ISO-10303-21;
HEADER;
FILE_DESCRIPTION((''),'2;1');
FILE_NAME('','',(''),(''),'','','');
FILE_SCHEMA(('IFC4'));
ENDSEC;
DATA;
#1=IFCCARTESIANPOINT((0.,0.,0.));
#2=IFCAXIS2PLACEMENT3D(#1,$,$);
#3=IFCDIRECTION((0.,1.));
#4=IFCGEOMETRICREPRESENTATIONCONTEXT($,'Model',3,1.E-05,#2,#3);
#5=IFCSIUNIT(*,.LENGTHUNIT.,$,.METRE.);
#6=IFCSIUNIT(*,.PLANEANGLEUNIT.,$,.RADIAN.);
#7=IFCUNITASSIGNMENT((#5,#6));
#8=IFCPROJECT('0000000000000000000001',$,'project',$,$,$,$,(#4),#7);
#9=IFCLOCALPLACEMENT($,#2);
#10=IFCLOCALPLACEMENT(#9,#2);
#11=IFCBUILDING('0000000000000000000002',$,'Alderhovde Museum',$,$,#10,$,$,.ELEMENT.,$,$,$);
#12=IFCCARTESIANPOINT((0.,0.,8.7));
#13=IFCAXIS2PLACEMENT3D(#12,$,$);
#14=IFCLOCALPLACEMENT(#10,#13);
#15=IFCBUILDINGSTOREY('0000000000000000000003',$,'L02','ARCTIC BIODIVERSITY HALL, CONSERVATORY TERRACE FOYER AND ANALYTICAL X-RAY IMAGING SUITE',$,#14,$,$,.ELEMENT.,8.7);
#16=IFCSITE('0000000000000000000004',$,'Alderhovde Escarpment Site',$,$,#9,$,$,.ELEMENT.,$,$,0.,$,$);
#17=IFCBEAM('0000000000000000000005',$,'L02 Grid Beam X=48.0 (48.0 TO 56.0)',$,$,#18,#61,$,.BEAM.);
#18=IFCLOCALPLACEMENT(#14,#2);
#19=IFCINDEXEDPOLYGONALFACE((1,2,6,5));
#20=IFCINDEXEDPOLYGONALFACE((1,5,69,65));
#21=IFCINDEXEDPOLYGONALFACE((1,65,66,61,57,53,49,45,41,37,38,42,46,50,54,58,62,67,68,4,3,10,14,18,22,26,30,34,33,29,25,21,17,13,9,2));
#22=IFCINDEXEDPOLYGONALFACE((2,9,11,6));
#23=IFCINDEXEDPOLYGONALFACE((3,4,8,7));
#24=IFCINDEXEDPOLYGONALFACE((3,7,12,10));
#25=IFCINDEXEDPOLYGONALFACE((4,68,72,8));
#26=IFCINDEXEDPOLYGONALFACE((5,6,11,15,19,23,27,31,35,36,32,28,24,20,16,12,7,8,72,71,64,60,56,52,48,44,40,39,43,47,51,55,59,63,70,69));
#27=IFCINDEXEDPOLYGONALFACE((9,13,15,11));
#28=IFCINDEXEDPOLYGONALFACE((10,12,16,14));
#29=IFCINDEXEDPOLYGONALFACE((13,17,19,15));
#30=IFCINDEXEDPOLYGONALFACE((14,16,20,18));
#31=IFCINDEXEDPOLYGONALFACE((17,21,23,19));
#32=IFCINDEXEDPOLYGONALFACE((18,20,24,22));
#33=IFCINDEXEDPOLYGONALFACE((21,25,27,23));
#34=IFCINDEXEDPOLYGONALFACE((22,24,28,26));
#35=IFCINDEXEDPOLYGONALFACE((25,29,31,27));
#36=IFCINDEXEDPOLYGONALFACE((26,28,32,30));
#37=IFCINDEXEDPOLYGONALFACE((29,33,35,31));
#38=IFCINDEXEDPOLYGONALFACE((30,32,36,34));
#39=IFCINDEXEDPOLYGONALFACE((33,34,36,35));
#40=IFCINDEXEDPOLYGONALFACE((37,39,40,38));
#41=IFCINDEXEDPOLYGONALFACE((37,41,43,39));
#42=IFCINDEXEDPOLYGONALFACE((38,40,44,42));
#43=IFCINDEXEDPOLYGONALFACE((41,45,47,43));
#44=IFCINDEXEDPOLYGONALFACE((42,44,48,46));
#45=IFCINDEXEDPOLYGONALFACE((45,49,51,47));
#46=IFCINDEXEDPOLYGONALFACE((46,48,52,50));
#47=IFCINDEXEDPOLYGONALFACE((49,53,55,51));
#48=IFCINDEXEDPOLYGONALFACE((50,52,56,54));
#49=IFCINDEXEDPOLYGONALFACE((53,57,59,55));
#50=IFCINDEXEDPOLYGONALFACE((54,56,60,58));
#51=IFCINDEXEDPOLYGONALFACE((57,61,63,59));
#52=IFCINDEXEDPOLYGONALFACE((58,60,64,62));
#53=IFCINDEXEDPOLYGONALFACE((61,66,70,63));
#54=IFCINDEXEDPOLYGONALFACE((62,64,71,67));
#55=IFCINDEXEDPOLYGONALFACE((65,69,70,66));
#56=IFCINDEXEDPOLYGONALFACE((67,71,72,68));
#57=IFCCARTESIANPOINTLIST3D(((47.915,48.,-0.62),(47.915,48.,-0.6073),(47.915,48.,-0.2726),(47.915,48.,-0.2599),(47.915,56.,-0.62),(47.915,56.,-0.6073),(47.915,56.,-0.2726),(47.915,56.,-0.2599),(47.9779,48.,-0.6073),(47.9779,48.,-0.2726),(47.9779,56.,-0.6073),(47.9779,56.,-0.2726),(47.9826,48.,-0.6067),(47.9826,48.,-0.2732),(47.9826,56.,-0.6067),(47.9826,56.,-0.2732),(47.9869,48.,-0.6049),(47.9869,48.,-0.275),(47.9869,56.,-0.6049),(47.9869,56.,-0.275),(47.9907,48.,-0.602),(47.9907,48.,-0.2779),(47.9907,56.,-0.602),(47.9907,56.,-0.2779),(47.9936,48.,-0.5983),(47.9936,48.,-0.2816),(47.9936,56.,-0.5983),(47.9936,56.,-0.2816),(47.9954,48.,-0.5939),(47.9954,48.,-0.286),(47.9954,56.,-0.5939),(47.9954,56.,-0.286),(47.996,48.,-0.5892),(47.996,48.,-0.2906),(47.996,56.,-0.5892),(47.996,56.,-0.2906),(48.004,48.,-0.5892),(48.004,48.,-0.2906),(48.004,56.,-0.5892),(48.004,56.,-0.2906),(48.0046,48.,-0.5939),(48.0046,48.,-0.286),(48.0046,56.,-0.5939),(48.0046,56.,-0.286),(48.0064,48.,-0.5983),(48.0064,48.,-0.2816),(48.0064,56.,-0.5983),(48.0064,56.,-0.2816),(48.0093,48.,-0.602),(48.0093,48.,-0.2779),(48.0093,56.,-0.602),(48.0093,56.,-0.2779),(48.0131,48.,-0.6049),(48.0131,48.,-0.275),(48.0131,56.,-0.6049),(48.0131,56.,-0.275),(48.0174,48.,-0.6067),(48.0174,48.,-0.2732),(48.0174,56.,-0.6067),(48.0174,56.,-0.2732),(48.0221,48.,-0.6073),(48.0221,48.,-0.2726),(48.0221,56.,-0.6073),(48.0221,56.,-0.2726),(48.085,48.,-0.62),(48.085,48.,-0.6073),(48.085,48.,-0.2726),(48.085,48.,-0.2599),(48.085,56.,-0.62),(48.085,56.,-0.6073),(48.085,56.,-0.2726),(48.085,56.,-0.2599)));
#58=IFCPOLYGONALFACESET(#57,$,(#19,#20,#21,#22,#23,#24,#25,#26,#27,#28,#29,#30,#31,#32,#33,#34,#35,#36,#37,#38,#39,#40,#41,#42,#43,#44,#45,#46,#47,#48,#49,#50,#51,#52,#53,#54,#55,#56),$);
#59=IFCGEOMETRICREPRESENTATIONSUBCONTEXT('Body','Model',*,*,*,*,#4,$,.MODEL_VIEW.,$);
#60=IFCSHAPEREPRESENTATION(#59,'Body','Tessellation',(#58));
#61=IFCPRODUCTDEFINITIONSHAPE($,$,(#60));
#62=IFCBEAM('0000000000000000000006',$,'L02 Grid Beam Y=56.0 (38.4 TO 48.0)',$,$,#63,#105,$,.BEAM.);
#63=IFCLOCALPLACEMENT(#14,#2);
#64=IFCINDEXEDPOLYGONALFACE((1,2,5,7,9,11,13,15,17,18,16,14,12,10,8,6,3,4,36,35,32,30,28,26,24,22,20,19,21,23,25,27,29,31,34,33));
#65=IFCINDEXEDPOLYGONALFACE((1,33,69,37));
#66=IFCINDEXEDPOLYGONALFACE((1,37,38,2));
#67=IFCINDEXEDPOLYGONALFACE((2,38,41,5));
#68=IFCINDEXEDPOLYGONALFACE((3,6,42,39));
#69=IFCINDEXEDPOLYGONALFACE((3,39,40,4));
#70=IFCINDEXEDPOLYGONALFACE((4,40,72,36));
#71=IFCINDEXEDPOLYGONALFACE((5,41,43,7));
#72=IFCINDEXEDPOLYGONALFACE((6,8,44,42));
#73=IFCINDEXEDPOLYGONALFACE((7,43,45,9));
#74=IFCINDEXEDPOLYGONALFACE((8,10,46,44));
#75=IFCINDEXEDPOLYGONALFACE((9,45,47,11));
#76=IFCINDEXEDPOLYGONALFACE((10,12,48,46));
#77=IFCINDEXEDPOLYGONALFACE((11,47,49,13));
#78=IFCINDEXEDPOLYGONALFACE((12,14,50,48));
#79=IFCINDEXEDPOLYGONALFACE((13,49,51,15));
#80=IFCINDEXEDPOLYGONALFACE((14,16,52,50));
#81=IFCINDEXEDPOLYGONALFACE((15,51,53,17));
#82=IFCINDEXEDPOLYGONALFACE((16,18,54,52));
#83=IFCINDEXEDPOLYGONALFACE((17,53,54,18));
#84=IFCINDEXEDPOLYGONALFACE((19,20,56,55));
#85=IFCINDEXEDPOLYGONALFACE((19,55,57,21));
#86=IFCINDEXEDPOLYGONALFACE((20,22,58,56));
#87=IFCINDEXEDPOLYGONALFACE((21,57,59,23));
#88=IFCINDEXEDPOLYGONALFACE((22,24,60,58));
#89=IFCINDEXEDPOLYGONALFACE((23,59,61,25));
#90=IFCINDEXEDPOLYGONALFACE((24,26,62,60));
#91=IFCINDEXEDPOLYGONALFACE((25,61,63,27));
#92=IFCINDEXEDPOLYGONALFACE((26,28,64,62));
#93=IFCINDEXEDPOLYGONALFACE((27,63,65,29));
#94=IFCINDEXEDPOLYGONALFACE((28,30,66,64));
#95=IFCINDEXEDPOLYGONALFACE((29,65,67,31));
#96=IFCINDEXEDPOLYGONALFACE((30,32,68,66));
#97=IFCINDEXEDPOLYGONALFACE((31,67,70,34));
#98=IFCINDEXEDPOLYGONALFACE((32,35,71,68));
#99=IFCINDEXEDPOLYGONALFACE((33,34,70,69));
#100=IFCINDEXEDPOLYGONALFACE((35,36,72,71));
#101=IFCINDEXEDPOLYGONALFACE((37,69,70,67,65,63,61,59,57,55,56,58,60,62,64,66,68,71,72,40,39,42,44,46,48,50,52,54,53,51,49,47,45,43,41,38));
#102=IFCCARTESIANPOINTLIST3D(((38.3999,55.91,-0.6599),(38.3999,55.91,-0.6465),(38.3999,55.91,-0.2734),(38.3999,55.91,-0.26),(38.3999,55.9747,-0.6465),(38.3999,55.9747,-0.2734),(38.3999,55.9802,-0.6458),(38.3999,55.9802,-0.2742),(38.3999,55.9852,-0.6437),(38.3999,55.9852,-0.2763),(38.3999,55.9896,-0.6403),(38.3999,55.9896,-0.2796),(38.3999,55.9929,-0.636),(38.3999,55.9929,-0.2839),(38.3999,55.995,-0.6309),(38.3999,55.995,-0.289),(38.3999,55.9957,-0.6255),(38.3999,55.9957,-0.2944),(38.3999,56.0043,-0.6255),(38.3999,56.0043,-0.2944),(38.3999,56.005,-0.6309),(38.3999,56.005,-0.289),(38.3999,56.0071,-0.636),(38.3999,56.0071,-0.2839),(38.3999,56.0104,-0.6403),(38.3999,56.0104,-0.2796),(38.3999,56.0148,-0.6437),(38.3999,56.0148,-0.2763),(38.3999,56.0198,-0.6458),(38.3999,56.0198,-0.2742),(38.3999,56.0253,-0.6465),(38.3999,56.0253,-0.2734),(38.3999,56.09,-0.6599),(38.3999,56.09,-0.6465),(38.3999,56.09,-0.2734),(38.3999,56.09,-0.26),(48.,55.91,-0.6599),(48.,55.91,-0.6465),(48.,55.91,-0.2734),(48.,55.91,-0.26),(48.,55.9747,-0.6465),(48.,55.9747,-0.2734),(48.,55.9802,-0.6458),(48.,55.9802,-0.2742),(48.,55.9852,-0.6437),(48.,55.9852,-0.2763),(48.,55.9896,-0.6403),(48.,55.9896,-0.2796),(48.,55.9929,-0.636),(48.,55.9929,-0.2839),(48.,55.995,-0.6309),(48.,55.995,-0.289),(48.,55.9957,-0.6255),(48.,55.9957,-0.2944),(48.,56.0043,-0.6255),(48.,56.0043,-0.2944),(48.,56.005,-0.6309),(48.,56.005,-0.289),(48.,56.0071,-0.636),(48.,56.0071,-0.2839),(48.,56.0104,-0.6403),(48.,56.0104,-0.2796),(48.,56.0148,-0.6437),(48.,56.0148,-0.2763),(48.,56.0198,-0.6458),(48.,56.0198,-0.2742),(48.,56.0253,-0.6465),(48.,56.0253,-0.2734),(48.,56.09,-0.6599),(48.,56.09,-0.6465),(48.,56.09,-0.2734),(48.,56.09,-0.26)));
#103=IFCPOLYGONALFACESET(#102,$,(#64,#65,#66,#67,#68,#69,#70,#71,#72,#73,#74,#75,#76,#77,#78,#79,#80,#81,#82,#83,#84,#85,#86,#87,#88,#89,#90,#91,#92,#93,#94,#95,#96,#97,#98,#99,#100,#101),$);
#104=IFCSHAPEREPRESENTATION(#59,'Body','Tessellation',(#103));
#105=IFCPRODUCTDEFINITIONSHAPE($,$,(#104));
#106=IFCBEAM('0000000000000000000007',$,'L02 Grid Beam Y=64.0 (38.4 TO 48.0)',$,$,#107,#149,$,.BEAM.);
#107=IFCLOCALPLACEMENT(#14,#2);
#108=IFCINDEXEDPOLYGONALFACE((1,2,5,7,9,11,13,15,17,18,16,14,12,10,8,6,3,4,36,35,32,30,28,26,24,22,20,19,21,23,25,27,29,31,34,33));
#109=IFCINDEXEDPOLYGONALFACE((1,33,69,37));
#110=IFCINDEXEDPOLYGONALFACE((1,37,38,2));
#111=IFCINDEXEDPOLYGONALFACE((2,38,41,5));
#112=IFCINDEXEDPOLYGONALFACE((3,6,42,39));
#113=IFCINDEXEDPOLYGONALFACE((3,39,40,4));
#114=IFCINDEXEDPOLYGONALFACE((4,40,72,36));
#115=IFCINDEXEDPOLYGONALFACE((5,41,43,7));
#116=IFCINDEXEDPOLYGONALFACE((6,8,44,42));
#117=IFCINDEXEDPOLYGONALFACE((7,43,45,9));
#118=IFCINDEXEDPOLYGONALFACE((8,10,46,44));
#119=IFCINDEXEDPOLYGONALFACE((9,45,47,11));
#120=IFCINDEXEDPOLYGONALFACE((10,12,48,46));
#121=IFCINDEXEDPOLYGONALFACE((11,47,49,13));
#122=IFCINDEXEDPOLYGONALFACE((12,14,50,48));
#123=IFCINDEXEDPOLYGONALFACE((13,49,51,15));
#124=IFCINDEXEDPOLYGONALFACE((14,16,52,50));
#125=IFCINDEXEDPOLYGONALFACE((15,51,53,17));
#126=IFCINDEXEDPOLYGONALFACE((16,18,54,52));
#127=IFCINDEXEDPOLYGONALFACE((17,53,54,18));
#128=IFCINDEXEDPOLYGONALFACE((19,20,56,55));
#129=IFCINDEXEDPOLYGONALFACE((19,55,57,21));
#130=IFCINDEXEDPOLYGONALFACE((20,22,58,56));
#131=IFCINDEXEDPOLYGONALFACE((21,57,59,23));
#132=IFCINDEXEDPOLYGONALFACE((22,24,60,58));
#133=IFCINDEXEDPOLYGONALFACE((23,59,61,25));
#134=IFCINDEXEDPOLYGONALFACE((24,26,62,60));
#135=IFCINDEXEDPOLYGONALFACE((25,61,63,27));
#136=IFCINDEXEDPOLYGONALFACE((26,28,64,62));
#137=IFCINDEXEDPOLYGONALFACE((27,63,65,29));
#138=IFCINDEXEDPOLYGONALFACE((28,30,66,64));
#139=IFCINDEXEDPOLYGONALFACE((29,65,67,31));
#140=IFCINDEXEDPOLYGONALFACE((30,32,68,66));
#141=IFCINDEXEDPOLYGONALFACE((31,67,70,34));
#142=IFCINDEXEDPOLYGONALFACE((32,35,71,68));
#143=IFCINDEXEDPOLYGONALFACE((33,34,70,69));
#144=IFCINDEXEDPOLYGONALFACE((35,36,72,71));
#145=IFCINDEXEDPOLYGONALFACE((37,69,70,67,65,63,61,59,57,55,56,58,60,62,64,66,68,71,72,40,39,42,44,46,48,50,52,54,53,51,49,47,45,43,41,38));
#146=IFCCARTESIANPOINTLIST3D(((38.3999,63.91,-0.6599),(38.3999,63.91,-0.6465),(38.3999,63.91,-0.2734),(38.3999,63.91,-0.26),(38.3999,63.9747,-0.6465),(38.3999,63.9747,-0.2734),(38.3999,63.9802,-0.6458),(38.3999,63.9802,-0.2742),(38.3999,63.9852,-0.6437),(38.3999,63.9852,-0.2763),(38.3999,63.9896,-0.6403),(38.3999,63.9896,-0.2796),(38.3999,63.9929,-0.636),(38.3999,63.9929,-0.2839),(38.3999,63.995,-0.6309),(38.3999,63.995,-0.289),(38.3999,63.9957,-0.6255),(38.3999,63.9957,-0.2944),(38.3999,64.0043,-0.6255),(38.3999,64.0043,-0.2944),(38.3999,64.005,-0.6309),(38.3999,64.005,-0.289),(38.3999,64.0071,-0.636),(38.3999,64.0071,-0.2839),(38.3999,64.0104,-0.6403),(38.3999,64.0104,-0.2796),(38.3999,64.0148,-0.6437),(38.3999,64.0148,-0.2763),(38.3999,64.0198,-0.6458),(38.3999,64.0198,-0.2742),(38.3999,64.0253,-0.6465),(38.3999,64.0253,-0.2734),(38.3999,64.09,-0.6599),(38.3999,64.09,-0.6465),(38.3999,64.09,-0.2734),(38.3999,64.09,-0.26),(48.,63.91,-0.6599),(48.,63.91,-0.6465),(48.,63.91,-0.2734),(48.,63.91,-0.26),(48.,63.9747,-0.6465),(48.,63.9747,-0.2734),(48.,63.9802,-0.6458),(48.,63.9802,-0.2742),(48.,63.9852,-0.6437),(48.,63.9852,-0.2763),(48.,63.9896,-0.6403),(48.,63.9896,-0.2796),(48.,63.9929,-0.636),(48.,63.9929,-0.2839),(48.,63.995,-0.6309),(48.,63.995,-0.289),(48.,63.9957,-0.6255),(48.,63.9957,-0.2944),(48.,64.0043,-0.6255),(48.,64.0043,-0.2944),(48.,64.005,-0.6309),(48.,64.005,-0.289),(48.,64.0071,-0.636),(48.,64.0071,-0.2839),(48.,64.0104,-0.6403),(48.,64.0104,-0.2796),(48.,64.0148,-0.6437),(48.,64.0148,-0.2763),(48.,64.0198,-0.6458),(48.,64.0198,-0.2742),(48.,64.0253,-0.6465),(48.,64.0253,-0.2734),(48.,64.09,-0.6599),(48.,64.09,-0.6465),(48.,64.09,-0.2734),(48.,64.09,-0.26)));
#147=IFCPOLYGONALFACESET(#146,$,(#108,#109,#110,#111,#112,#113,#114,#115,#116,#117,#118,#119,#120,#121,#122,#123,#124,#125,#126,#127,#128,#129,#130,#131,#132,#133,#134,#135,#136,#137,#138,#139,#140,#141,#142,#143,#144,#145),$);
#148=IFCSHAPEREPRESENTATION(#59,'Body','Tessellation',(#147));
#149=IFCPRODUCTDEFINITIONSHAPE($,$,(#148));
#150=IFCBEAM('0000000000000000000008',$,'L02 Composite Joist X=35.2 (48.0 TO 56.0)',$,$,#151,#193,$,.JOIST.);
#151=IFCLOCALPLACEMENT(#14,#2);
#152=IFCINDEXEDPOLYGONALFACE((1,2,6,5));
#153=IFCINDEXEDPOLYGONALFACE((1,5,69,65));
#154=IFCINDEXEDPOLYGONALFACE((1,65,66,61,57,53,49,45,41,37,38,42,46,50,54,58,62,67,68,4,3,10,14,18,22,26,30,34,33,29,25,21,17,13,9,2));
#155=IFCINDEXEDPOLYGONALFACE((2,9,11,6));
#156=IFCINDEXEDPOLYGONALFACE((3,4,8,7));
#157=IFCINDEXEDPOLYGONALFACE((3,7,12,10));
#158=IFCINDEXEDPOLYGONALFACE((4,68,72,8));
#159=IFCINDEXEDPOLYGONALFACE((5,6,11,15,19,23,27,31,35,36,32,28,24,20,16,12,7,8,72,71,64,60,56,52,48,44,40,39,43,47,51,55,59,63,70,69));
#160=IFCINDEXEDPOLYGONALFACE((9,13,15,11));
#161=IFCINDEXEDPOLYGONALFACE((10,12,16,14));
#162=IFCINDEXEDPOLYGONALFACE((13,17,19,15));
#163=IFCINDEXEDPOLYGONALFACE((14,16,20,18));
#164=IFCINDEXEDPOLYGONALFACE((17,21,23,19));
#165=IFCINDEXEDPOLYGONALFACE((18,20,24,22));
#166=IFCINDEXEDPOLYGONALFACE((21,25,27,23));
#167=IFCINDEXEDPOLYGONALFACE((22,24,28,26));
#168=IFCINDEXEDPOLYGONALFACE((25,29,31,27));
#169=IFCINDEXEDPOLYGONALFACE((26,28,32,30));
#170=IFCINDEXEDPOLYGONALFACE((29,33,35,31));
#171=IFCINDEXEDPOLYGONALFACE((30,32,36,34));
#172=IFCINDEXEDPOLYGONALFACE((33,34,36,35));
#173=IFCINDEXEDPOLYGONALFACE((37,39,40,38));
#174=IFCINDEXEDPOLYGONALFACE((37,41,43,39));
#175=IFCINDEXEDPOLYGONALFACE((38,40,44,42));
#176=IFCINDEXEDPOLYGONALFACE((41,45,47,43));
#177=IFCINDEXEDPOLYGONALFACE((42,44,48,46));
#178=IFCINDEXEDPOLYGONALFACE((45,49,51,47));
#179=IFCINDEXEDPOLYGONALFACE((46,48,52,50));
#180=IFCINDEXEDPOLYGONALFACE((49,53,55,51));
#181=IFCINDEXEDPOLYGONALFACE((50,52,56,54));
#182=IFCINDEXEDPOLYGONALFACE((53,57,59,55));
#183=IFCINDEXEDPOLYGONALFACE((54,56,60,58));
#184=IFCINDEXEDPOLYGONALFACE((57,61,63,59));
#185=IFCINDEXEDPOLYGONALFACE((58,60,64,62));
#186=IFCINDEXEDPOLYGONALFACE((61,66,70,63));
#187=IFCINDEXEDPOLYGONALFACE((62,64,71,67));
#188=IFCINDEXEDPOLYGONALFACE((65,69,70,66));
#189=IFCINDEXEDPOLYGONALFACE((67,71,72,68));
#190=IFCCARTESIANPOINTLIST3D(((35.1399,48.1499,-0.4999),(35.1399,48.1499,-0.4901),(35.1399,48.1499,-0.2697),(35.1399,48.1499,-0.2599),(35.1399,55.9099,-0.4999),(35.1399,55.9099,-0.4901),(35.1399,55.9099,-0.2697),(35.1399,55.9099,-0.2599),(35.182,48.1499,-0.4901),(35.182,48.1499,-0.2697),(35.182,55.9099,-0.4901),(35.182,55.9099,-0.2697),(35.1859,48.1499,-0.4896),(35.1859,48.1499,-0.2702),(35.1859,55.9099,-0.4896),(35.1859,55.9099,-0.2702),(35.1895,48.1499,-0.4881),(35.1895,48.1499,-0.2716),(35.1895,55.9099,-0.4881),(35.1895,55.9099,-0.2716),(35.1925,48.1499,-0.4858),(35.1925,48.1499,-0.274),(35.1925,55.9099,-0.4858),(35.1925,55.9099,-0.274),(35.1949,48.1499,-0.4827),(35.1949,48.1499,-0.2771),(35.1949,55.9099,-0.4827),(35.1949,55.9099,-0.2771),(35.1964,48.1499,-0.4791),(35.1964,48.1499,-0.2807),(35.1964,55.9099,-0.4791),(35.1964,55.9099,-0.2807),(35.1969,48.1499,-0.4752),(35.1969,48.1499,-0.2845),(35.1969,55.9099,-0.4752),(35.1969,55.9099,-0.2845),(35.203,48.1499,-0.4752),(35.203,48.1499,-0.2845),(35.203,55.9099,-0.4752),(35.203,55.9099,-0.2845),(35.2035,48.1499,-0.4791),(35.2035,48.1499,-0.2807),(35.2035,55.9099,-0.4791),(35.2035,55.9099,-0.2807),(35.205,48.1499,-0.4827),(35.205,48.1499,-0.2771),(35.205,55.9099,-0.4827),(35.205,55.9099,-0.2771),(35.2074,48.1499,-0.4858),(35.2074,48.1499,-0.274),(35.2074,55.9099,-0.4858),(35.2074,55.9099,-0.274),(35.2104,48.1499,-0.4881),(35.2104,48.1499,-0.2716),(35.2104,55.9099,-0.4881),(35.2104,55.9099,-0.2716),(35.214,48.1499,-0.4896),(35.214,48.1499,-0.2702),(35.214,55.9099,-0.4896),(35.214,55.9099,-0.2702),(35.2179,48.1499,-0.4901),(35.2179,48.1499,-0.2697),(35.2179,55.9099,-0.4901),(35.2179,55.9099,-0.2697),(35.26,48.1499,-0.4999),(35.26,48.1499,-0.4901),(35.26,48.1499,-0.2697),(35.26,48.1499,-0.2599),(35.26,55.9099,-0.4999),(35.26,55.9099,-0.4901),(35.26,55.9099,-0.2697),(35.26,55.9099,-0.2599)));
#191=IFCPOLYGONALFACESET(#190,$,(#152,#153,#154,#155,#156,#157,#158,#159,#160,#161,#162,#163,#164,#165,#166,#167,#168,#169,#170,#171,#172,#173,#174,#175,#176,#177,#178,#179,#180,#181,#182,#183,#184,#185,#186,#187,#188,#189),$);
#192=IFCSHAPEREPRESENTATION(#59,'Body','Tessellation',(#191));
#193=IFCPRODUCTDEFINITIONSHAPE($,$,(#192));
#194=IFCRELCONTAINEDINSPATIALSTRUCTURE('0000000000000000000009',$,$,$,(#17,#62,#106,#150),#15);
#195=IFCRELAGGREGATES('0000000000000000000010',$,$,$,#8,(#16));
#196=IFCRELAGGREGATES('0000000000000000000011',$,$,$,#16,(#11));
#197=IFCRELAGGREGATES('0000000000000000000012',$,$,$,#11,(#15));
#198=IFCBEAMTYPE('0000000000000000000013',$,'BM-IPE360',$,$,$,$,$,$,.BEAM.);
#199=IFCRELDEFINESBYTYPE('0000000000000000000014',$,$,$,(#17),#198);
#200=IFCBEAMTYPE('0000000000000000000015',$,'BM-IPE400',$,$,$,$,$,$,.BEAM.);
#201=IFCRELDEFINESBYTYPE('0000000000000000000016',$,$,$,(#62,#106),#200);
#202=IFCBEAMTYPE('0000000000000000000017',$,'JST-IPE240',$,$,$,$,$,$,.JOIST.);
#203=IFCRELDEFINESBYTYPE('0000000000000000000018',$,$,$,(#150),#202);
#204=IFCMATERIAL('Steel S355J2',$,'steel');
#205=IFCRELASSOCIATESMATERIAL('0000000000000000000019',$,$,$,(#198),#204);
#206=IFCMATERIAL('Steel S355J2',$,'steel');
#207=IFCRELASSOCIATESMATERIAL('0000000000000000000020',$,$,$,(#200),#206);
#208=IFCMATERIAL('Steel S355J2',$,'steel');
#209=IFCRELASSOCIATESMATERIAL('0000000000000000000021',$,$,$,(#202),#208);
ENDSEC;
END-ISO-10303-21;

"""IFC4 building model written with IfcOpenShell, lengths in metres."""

from ifc_helpers import new_model, si_unit, direction, frame, origin, origin_2d, place, context, subcontext, project, spatial, i_section, extrude, material, material_profile, profile_set, type_object, element, save


model = new_model("IFC4")

# Units and contexts
model_context = context("Model", 3, precision=1e-05, world=origin(), true_north=direction((0.0, 1.0)))
body_context = subcontext(model_context, "Body", "Model", "MODEL_VIEW")
ifc_project = project(units=[si_unit("LENGTHUNIT", "METRE"), si_unit("PLANEANGLEUNIT", "RADIAN")], contexts=[model_context])

# Site, building, storey
site_placement = place(None, origin())
site = spatial("IfcSite", under=ifc_project, at=site_placement, Name="Alderhovde Escarpment Site", CompositionType="ELEMENT", RefElevation=0.0)
building_placement = place(site_placement, origin())
building = spatial("IfcBuilding", under=site, at=building_placement, Name="Alderhovde Museum", CompositionType="ELEMENT")
storey_placement = place(building_placement, frame((0.0, 0.0, 8.7)))
storey = spatial("IfcBuildingStorey", under=building, at=storey_placement, Name="L02", Description="ARCTIC BIODIVERSITY HALL, CONSERVATORY TERRACE FOYER AND ANALYTICAL X-RAY IMAGING SUITE", CompositionType="ELEMENT", Elevation=8.7)

# Beams
ifc_material_1 = material(Name="Steel S355J2", Category="steel")
ifc_material_profile_1 = material_profile(ifc_material_1, i_section(OverallWidth=0.1699, OverallDepth=0.3601, WebThickness=0.0081, FlangeThickness=0.0127, FilletRadius=0.0181, at=origin_2d()), Name="IPE 360")
ifc_profile_set_1 = profile_set([ifc_material_profile_1], Name="Steel S355J2")
beam_type_1 = type_object("IfcBeamType", Name="BM-IPE360", PredefinedType="BEAM", material=ifc_profile_set_1)
for number, where, z_axis, x_axis, name in (
    (1, (48.0, 48.0, -0.4399), (0.0, 1.0, 0.0), (-1.0, 0.0, 0.0), "L02 Grid Beam X=48.0 (48.0 TO 56.0)"),
):
    element("IfcBeam", number, at=place(storey_placement, frame(where, z_axis=z_axis, x_axis=x_axis)), inside=storey, type_object=beam_type_1, Name=name, PredefinedType="BEAM", context=body_context, shape_type="SweptSolid", body=[
        extrude(i_section(OverallWidth=0.1699, OverallDepth=0.3601, WebThickness=0.0081, FlangeThickness=0.0127, FilletRadius=0.0181, at=origin_2d()), origin(), (0.0, 0.0, 1.0), 8.0),
    ])
ifc_material_2 = material(Name="Steel S355J2", Category="steel")
ifc_material_profile_2 = material_profile(ifc_material_2, i_section(OverallWidth=0.1799, OverallDepth=0.3999, WebThickness=0.0085, FlangeThickness=0.0134, FilletRadius=0.021, at=origin_2d()), Name="IPE 400")
ifc_profile_set_2 = profile_set([ifc_material_profile_2], Name="Steel S355J2")
beam_type_2 = type_object("IfcBeamType", Name="BM-IPE400", PredefinedType="BEAM", material=ifc_profile_set_2)
for number, where, z_axis, x_axis, name in (
    (2, (38.3999, 56.0, -0.46), (1.0, 0.0, 0.0), (0.0, 1.0, 0.0), "L02 Grid Beam Y=56.0 (38.4 TO 48.0)"),
    (3, (38.3999, 64.0, -0.46), (1.0, 0.0, 0.0), (0.0, 1.0, 0.0), "L02 Grid Beam Y=64.0 (38.4 TO 48.0)"),
):
    element("IfcBeam", number, at=place(storey_placement, frame(where, z_axis=z_axis, x_axis=x_axis)), inside=storey, type_object=beam_type_2, Name=name, PredefinedType="BEAM", context=body_context, shape_type="SweptSolid", body=[
        extrude(i_section(OverallWidth=0.1799, OverallDepth=0.3999, WebThickness=0.0085, FlangeThickness=0.0134, FilletRadius=0.021, at=origin_2d()), origin(), (0.0, 0.0, 1.0), 9.6001),
    ])
ifc_material_3 = material(Name="Steel S355J2", Category="steel")
ifc_material_profile_3 = material_profile(ifc_material_3, i_section(OverallWidth=0.1201, OverallDepth=0.24, WebThickness=0.0061, FlangeThickness=0.0098, FilletRadius=0.0149, at=origin_2d()), Name="IPE 240")
ifc_profile_set_3 = profile_set([ifc_material_profile_3], Name="Steel S355J2")
beam_type_3 = type_object("IfcBeamType", Name="JST-IPE240", PredefinedType="JOIST", material=ifc_profile_set_3)
beam_1_placement = place(storey_placement, frame((35.2, 48.1499, -0.3799), z_axis=(0.0, 1.0, 0.0), x_axis=(-1.0, 0.0, 0.0)))
element("IfcBeam", 4, at=beam_1_placement, inside=storey, type_object=beam_type_3, Name="L02 Composite Joist X=35.2 (48.0 TO 56.0)", PredefinedType="JOIST", context=body_context, shape_type="SweptSolid", body=[
    extrude(i_section(OverallWidth=0.1201, OverallDepth=0.24, WebThickness=0.0061, FlangeThickness=0.0098, FilletRadius=0.0149, at=origin_2d()), origin(), (0.0, 0.0, 1.0), 7.76),
])

save(model, "model.ifc")
